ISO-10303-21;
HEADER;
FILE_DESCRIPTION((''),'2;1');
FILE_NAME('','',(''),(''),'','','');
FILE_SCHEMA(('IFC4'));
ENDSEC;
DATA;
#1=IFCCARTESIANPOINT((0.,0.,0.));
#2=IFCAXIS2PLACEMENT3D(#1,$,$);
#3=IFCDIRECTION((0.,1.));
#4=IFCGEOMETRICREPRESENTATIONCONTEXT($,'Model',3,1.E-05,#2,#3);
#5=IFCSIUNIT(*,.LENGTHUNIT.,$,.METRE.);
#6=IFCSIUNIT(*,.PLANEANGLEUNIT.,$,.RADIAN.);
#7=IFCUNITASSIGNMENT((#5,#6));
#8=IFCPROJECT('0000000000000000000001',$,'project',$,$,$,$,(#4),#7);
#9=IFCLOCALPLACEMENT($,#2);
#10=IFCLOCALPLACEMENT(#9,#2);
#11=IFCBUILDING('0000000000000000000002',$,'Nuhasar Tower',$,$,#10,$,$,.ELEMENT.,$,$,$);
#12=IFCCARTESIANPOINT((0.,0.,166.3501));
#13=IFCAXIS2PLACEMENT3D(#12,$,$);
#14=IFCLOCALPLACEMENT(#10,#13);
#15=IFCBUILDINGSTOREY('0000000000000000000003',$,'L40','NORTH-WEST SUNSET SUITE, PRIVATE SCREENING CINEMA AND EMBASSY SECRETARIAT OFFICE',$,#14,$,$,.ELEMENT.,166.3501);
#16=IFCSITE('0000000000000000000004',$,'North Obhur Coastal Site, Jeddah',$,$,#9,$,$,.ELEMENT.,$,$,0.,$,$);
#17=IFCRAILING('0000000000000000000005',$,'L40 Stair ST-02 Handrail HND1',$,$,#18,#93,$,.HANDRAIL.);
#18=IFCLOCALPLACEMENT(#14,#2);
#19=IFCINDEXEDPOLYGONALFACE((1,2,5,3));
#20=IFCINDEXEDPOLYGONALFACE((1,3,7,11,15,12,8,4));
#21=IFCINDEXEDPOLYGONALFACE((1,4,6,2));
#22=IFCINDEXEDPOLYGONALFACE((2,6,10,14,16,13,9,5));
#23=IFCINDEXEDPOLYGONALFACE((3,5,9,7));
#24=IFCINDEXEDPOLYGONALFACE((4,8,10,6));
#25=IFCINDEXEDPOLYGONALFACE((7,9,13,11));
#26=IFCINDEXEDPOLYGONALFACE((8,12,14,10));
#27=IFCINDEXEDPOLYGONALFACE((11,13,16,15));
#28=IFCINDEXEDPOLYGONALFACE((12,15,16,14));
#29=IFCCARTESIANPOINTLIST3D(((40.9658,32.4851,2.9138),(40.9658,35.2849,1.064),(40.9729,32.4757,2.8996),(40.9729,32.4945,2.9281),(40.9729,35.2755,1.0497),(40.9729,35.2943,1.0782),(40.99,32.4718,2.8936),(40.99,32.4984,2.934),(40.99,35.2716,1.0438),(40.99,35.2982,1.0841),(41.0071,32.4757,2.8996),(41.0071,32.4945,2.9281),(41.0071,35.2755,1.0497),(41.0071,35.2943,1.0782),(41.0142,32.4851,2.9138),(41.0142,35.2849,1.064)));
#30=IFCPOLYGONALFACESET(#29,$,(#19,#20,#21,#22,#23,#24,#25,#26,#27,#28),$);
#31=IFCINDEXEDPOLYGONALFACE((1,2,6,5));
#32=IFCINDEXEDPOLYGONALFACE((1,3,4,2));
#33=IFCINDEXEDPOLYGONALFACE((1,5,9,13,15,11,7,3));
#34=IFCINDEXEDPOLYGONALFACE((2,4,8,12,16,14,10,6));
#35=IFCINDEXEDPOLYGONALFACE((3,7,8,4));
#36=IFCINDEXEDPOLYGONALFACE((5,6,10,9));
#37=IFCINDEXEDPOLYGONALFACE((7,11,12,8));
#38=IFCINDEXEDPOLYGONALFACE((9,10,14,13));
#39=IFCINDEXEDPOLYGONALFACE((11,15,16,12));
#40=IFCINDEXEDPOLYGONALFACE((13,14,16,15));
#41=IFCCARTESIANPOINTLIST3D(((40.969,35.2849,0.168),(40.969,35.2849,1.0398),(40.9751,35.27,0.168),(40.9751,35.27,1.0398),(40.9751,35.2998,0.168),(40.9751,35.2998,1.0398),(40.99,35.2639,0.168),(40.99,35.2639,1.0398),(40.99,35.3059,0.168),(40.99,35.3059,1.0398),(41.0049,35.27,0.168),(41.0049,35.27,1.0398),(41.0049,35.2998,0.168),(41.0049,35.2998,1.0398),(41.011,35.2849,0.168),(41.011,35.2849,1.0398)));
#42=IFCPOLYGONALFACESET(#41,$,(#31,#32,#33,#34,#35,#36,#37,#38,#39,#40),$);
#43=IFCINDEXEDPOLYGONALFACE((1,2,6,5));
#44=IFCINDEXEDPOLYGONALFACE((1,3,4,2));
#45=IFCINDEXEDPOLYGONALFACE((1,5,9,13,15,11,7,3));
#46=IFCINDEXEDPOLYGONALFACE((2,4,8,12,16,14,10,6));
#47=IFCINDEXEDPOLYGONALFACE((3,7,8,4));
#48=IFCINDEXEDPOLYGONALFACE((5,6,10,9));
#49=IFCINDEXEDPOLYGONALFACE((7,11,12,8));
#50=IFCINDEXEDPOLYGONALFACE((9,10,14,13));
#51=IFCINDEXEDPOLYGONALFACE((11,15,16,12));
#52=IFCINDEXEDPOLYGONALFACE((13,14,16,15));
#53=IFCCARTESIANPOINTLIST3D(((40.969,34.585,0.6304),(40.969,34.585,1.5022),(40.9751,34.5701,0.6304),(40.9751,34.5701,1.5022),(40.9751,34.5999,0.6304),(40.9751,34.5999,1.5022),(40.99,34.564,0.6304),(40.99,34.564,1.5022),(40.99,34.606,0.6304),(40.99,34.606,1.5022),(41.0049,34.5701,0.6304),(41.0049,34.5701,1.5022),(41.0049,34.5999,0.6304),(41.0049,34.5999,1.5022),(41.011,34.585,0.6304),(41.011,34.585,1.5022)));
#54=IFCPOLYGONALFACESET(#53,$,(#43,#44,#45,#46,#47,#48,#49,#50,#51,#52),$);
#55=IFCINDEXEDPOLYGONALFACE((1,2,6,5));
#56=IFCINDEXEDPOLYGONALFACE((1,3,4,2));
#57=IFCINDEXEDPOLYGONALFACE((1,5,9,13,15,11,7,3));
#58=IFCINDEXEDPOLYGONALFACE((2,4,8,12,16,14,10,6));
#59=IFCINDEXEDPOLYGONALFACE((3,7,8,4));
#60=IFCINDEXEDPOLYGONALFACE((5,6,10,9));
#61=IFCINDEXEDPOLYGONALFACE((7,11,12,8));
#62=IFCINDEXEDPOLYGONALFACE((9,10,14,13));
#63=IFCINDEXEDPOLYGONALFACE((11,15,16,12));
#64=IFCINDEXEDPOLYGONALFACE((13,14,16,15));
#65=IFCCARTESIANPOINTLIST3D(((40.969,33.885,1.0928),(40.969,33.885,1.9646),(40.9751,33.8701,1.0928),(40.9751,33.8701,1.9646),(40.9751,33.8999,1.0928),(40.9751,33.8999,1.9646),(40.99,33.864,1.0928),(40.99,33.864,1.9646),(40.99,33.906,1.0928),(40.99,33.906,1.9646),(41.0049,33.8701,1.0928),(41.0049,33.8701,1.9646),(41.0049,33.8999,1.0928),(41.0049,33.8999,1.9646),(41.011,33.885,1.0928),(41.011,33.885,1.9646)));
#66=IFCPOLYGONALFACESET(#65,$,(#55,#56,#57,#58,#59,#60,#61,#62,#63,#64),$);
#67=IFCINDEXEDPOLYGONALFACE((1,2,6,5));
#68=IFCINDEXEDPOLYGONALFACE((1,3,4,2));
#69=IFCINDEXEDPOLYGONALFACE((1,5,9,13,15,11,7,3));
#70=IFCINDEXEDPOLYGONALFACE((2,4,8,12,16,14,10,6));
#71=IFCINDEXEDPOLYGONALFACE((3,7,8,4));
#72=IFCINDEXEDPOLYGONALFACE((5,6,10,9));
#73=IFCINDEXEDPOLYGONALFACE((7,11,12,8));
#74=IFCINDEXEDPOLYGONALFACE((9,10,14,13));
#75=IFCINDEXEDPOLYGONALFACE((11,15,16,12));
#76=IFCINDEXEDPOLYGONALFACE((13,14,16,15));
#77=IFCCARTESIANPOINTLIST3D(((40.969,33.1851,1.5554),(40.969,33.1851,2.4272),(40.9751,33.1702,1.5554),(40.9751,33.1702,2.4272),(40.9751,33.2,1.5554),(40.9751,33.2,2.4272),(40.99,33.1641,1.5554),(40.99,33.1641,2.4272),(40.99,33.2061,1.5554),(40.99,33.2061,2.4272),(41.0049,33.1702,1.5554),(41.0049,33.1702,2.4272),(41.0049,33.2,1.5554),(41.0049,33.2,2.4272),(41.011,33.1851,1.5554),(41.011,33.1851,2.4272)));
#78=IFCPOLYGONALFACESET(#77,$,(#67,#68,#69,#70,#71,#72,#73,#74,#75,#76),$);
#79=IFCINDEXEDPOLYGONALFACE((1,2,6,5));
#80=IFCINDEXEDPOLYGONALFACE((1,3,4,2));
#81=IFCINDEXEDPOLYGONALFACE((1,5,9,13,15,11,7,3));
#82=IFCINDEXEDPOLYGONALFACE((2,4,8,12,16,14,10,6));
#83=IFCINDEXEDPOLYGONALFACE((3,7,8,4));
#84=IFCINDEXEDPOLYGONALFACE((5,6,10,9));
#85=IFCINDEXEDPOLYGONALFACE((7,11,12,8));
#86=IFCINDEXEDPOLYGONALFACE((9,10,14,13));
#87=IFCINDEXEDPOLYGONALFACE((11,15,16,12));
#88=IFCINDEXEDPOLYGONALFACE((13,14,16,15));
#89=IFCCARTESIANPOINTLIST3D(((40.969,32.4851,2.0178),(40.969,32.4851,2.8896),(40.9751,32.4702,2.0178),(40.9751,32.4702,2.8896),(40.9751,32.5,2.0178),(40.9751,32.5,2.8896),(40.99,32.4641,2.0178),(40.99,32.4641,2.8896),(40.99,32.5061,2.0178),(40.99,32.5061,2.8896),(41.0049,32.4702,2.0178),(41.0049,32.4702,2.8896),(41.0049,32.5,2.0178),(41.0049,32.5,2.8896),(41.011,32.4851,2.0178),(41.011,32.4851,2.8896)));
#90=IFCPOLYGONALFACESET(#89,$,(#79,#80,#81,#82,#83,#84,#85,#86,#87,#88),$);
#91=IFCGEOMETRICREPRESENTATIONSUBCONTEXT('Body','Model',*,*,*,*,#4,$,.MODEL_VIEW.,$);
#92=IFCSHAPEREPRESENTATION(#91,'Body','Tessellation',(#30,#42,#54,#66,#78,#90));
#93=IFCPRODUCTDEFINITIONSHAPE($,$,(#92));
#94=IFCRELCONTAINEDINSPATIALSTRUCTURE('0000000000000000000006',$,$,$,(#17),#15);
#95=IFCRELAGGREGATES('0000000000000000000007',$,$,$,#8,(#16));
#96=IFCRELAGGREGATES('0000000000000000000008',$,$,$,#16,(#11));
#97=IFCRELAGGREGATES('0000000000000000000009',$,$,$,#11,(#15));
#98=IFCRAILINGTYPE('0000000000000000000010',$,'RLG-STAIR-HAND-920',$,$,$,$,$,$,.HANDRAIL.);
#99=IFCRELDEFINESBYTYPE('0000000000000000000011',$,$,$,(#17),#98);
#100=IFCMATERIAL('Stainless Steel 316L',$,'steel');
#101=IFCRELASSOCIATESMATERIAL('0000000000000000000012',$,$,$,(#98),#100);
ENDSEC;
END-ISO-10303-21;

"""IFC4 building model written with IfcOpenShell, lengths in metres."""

from ifc_helpers import new_model, si_unit, direction, frame, origin, place, context, subcontext, project, spatial, polyline, outline, extrude, material, type_object, element, save


model = new_model("IFC4")

# Units and contexts
model_context = context("Model", 3, precision=1e-05, world=origin(), true_north=direction((0.0, 1.0)))
body_context = subcontext(model_context, "Body", "Model", "MODEL_VIEW")
ifc_project = project(units=[si_unit("LENGTHUNIT", "METRE"), si_unit("PLANEANGLEUNIT", "RADIAN")], contexts=[model_context])

# Site, building, storey
site_placement = place(None, origin())
site = spatial("IfcSite", under=ifc_project, at=site_placement, Name="North Obhur Coastal Site, Jeddah", CompositionType="ELEMENT", RefElevation=0.0)
building_placement = place(site_placement, origin())
building = spatial("IfcBuilding", under=site, at=building_placement, Name="Nuhasar Tower", CompositionType="ELEMENT")
storey_placement = place(building_placement, frame((0.0, 0.0, 166.3501)))
storey = spatial("IfcBuildingStorey", under=building, at=storey_placement, Name="L40", Description="NORTH-WEST SUNSET SUITE, PRIVATE SCREENING CINEMA AND EMBASSY SECRETARIAT OFFICE", CompositionType="ELEMENT", Elevation=166.3501)

# Railing
ifc_material_1 = material(Name="Stainless Steel 316L", Category="steel")
railing_type_1 = type_object("IfcRailingType", Name="RLG-STAIR-HAND-920", PredefinedType="HANDRAIL", material=ifc_material_1)
railing_1_placement = place(storey_placement, frame((40.99, 35.2849, 0.168)))
element("IfcRailing", 1, at=railing_1_placement, inside=storey, type_object=railing_type_1, Name="L40 Stair ST-02 Handrail HND1", PredefinedType="HANDRAIL", context=body_context, shape_type="SweptSolid", body=[
    extrude(outline(polyline([(0.0242, 0.0), (0.0171, 0.0171), (0.0, 0.0242), (-0.0171, 0.0171), (-0.0242, 0.0), (-0.0171, -0.0171), (0.0, -0.0242), (0.0171, -0.0171), (0.0242, 0.0)])), frame((0.0, 0.0, 0.896), z_axis=(0.0, -0.834338, 0.551254), x_axis=(1.0, 0.0, 0.0)), (0.0, 0.0, 1.0), 3.3557),
    extrude(outline(polyline([(0.021, 0.0), (0.0149, 0.0149), (0.0, 0.021), (-0.0149, 0.0149), (-0.021, 0.0), (-0.0149, -0.0149), (0.0, -0.021), (0.0149, -0.0149), (0.021, 0.0)])), origin(), (0.0, 0.0, 1.0), 0.8718),
    extrude(outline(polyline([(0.021, 0.0), (0.0149, 0.0149), (0.0, 0.021), (-0.0149, 0.0149), (-0.021, 0.0), (-0.0149, -0.0149), (0.0, -0.021), (0.0149, -0.0149), (0.021, 0.0)])), frame((0.0, -0.7, 0.4624)), (0.0, 0.0, 1.0), 0.8718),
    extrude(outline(polyline([(0.021, 0.0), (0.0149, 0.0149), (0.0, 0.021), (-0.0149, 0.0149), (-0.021, 0.0), (-0.0149, -0.0149), (0.0, -0.021), (0.0149, -0.0149), (0.021, 0.0)])), frame((0.0, -1.3999, 0.9248)), (0.0, 0.0, 1.0), 0.8718),
    extrude(outline(polyline([(0.021, 0.0), (0.0149, 0.0149), (0.0, 0.021), (-0.0149, 0.0149), (-0.021, 0.0), (-0.0149, -0.0149), (0.0, -0.021), (0.0149, -0.0149), (0.021, 0.0)])), frame((0.0, -2.0999, 1.3875)), (0.0, 0.0, 1.0), 0.8718),
    extrude(outline(polyline([(0.021, 0.0), (0.0149, 0.0149), (0.0, 0.021), (-0.0149, 0.0149), (-0.021, 0.0), (-0.0149, -0.0149), (0.0, -0.021), (0.0149, -0.0149), (0.021, 0.0)])), frame((0.0, -2.7998, 1.8499)), (0.0, 0.0, 1.0), 0.8718),
])

save(model, "model.ifc")
